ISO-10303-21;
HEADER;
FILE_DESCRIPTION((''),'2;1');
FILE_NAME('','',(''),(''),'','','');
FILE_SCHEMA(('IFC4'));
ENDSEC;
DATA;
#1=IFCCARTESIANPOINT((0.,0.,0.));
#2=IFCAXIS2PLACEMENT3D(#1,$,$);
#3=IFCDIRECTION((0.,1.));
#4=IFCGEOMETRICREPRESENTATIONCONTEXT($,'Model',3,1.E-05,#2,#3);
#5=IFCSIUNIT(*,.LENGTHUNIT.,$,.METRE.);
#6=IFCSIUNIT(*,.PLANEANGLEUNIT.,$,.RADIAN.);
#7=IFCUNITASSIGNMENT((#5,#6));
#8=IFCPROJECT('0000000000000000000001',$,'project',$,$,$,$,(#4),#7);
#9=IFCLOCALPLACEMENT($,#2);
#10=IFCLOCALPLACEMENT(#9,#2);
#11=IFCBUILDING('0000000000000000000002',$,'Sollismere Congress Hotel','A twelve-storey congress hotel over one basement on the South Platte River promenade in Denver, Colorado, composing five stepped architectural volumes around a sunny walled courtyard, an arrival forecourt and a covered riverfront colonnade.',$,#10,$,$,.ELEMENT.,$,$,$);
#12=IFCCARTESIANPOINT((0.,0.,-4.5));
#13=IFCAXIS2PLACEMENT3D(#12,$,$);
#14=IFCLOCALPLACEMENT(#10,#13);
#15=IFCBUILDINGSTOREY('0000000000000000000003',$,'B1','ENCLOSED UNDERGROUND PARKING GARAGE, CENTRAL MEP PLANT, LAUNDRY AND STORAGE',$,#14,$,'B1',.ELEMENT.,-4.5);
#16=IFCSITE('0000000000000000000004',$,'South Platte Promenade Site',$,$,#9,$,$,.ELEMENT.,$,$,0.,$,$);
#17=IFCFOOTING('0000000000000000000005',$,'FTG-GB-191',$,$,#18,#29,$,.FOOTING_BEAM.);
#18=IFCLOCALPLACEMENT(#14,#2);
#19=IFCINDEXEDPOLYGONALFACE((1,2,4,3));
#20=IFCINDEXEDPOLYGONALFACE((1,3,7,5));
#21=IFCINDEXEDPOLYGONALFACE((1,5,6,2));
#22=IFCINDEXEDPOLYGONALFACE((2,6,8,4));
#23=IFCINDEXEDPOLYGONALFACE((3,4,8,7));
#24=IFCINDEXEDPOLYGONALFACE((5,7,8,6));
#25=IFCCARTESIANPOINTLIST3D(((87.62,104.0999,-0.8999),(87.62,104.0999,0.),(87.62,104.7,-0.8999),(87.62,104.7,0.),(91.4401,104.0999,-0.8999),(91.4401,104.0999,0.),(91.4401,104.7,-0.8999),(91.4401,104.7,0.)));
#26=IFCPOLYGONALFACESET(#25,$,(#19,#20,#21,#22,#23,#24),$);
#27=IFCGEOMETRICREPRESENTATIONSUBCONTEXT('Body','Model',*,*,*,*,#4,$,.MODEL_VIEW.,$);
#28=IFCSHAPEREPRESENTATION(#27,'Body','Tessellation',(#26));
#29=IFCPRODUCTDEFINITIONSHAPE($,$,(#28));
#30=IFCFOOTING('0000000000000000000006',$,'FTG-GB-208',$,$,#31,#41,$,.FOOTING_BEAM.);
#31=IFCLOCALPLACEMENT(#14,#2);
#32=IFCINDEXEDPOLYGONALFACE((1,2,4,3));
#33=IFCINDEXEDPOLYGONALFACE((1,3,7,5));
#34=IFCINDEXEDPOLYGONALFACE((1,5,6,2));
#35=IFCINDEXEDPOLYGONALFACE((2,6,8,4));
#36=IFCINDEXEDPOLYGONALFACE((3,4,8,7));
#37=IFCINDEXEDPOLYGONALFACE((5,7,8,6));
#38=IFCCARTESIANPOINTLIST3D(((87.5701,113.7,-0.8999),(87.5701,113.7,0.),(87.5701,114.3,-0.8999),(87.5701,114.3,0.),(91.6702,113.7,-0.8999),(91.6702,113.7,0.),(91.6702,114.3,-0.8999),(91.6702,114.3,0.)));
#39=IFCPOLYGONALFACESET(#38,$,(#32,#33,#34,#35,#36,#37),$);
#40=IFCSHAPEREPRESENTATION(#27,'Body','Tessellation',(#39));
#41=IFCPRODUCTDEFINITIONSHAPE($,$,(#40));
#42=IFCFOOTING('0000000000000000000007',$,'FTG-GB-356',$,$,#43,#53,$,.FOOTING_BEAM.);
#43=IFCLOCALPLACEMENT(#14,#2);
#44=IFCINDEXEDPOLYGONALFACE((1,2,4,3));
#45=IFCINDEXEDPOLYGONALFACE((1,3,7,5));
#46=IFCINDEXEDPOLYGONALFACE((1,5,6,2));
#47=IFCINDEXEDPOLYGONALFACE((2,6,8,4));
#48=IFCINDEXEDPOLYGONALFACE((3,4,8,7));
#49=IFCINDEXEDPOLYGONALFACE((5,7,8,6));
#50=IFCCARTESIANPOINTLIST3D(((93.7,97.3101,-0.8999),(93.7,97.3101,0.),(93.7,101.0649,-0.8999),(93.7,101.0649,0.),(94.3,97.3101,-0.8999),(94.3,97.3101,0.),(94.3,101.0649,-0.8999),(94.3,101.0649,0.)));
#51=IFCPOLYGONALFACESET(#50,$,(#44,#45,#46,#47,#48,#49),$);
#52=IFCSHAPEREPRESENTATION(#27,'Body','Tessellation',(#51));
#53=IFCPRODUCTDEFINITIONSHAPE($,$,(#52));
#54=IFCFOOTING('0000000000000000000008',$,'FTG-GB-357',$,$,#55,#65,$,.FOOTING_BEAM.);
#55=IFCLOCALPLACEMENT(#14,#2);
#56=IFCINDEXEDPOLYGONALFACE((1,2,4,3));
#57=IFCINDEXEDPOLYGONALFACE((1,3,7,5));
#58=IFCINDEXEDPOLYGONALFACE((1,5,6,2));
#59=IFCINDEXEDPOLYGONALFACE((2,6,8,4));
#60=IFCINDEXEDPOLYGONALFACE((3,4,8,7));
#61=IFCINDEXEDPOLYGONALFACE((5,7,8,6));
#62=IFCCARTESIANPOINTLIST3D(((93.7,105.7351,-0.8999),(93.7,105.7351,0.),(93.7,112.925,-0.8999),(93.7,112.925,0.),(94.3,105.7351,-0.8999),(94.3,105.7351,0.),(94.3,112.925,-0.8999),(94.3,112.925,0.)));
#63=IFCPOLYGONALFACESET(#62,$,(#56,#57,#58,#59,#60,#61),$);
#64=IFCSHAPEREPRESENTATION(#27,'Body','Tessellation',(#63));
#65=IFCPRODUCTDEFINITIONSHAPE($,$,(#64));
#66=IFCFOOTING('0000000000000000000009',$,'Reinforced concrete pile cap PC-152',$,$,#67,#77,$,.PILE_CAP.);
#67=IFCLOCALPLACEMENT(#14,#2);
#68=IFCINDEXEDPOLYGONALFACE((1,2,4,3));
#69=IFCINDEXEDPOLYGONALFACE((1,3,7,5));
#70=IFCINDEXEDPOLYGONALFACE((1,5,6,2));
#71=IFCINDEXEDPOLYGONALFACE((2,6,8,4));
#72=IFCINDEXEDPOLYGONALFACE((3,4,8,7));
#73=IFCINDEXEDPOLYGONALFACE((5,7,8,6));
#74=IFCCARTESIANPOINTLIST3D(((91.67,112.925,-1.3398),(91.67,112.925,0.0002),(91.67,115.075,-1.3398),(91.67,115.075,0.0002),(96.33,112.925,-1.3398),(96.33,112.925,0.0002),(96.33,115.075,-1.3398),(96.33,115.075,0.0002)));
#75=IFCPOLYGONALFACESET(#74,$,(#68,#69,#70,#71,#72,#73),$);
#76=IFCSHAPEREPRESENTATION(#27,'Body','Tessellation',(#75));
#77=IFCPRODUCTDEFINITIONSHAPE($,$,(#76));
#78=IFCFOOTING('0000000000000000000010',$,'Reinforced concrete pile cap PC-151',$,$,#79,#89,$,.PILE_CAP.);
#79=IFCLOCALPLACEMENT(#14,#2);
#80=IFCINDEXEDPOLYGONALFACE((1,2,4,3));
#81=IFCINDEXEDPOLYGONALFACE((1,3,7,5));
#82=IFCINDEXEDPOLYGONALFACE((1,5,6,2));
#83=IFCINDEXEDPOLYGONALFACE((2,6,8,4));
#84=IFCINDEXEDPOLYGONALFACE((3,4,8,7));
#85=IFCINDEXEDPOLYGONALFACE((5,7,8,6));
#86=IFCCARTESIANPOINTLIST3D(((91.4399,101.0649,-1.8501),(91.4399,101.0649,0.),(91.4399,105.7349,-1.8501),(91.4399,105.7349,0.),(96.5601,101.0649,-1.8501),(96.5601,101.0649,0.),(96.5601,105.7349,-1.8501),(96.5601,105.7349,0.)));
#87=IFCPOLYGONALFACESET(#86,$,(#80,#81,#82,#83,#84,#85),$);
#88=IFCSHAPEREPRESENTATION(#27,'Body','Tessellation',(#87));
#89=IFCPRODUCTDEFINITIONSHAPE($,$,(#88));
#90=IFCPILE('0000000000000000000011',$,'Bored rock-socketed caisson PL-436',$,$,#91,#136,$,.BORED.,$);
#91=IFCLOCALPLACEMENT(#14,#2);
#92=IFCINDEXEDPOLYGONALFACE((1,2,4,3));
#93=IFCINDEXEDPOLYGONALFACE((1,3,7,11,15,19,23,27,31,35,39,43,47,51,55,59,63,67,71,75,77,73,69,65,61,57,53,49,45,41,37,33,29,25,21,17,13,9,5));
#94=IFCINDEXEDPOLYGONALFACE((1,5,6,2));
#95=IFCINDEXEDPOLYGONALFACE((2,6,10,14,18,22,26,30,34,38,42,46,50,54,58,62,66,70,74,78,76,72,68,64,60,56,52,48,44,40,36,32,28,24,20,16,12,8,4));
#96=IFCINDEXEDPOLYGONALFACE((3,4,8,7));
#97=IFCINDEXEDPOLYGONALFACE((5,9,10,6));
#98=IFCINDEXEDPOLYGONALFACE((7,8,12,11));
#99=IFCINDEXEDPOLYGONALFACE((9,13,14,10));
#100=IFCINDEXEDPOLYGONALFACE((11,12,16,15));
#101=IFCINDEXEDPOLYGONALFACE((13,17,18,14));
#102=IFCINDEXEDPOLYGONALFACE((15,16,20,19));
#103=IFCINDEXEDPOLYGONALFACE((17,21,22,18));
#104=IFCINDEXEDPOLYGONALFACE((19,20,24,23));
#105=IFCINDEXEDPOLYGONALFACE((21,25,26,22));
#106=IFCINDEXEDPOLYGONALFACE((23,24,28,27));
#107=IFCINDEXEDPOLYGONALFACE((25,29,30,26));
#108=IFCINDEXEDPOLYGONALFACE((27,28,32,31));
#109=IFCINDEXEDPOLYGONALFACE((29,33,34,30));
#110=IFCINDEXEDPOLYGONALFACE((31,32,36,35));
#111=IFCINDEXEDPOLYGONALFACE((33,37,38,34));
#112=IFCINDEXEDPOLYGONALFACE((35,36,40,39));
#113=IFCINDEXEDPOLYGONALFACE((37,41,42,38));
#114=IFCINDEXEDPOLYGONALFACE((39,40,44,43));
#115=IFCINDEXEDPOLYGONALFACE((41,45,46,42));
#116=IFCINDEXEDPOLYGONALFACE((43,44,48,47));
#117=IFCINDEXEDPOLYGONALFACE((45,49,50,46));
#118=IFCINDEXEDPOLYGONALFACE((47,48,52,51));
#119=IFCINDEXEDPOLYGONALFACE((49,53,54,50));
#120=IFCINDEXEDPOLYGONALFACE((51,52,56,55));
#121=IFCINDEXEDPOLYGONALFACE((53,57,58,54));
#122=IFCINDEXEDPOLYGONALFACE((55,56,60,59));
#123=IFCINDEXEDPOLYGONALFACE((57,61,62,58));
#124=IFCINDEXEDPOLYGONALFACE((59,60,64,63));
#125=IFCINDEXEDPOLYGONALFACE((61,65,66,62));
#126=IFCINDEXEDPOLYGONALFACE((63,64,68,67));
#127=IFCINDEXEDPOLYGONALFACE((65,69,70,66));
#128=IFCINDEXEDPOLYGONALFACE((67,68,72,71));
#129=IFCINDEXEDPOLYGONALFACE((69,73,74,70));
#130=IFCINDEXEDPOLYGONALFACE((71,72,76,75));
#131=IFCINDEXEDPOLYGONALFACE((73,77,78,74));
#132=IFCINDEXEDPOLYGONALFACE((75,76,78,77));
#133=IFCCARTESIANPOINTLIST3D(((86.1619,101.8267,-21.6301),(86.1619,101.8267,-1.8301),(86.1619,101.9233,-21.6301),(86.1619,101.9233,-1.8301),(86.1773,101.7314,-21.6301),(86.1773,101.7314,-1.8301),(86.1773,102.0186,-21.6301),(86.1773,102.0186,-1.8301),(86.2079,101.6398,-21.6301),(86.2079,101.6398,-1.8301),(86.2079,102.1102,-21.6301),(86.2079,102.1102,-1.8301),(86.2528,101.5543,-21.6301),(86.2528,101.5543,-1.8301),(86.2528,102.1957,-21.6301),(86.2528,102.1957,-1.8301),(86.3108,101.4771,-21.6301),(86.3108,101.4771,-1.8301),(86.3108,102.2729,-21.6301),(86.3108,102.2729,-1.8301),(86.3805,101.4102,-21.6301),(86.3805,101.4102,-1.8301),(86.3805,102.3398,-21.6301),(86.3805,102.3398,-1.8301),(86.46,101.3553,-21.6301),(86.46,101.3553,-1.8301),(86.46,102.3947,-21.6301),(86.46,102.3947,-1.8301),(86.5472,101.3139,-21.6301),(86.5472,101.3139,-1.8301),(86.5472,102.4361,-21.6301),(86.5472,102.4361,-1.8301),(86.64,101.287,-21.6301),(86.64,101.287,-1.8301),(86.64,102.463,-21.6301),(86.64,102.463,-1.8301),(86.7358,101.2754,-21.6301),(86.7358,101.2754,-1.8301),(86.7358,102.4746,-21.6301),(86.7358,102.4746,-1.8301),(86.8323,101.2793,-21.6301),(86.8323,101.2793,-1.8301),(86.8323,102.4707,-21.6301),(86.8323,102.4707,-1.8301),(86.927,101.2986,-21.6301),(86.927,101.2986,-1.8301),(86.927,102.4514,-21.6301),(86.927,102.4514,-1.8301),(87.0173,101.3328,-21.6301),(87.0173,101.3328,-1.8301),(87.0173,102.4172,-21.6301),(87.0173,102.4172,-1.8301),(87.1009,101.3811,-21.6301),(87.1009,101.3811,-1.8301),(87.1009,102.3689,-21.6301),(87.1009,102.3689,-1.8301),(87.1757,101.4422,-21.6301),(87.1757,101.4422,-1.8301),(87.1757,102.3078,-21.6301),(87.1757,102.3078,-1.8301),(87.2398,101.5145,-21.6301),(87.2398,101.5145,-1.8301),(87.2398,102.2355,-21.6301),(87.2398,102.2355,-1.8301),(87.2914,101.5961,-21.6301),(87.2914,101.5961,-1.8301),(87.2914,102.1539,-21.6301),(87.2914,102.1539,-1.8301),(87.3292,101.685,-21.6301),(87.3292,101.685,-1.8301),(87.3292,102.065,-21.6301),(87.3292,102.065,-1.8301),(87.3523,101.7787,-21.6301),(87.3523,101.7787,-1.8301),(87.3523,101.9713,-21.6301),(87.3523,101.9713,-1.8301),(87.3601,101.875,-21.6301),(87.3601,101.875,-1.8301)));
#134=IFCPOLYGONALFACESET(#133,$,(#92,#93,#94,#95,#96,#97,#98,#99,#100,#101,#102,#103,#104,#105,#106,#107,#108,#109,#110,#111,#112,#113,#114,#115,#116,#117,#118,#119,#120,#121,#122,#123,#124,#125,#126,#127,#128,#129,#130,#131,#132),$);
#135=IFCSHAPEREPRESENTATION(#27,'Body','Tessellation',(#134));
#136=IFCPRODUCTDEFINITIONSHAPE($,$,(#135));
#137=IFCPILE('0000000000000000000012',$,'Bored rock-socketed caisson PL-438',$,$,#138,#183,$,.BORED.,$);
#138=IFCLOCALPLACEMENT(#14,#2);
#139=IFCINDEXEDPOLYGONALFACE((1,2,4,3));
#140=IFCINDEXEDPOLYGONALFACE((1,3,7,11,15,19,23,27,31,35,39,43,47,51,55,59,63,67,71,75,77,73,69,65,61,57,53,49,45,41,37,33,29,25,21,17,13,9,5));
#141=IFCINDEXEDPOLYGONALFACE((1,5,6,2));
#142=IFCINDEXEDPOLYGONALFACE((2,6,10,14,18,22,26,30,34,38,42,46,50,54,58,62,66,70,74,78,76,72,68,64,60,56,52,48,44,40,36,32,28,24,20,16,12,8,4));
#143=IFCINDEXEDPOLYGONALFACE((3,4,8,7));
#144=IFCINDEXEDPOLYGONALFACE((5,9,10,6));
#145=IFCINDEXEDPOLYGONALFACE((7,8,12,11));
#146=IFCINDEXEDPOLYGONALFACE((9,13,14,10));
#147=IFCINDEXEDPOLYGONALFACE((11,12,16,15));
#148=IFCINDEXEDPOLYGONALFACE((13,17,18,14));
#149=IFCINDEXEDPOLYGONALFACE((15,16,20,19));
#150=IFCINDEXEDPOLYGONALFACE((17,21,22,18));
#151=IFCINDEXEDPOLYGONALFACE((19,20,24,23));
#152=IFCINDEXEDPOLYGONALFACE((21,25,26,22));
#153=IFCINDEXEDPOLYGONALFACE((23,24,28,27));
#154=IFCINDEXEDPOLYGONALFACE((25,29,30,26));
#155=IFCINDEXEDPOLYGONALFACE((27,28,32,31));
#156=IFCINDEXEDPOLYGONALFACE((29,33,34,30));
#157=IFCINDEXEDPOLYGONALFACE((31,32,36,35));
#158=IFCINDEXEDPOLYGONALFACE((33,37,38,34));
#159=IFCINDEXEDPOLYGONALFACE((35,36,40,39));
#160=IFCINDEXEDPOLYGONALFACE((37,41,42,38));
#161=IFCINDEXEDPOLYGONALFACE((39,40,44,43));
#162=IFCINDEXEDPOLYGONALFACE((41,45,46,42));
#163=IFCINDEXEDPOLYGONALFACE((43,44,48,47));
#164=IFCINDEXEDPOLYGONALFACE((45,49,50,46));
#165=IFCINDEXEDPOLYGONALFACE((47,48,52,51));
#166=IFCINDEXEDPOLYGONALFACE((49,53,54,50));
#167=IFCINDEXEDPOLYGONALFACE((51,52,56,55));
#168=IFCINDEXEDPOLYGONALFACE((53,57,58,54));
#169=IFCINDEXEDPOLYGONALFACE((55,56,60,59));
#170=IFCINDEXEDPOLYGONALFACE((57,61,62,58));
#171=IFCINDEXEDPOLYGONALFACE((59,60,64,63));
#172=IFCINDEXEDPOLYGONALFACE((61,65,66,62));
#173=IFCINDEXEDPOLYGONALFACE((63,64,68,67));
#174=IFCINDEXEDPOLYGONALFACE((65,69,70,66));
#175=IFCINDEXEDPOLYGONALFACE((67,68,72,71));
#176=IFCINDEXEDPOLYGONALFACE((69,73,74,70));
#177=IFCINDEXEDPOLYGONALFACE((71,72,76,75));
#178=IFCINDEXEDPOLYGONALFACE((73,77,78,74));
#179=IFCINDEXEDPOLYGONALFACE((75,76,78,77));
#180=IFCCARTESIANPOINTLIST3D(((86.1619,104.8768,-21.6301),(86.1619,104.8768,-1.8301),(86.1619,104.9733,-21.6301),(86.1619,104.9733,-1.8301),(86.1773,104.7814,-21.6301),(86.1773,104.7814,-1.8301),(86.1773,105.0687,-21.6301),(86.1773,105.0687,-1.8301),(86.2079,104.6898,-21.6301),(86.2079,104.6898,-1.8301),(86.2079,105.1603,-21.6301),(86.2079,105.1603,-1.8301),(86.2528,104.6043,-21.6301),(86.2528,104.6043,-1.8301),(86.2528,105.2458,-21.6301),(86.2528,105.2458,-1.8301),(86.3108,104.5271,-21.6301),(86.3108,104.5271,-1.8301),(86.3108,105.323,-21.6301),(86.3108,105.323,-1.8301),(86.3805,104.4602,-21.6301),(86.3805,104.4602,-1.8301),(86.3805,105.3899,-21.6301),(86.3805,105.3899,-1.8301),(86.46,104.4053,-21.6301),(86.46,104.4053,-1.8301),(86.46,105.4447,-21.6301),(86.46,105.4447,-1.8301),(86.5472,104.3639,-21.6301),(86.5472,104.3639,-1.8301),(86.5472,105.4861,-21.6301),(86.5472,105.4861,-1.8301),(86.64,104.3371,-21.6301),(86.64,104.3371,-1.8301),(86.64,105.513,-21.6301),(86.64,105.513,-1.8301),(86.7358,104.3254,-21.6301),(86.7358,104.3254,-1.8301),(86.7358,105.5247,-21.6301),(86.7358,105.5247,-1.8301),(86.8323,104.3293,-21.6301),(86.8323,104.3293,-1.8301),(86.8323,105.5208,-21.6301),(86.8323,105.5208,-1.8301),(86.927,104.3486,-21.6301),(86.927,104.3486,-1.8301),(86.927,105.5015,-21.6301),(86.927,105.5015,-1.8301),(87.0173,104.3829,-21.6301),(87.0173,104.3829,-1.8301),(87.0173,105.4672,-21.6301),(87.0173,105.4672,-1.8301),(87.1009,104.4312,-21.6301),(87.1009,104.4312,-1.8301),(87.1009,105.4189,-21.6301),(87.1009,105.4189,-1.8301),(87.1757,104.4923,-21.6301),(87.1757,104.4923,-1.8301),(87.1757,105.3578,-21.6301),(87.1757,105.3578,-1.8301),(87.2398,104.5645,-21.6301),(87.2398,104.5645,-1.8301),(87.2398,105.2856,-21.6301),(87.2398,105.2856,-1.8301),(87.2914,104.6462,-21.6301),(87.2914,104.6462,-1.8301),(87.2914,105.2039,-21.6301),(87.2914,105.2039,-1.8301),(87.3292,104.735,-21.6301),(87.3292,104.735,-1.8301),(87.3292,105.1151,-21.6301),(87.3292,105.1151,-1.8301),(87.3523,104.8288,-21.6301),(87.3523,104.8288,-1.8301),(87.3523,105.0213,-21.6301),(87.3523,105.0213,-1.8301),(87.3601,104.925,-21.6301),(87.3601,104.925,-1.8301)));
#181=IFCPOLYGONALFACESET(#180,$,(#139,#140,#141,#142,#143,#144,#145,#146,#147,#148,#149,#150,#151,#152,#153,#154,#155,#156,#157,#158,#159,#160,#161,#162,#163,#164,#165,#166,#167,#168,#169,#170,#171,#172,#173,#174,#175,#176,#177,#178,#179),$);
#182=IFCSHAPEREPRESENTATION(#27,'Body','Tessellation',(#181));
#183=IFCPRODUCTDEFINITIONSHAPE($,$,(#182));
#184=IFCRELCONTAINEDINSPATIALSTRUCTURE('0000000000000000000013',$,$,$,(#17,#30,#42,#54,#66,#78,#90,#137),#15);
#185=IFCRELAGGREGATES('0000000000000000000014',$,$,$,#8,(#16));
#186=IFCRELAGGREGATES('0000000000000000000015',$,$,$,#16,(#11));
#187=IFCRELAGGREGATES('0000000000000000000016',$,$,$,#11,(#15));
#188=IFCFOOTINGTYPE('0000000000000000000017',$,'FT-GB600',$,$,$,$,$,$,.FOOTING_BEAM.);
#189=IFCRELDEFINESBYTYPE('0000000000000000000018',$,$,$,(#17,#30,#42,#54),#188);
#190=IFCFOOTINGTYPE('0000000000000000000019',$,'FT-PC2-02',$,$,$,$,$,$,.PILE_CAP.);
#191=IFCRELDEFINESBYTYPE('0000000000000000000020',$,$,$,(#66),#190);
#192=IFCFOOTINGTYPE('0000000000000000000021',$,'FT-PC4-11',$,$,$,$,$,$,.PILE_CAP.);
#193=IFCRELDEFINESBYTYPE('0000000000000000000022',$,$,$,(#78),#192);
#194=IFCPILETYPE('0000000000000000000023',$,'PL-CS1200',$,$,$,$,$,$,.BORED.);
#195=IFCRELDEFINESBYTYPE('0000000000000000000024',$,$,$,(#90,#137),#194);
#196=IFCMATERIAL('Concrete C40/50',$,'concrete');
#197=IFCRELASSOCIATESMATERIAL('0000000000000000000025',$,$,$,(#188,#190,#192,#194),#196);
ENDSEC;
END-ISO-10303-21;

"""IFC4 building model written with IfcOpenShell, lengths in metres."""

from ifc_helpers import new_model, si_unit, direction, frame, origin, origin_2d, place, context, subcontext, project, spatial, rectangle, circle, extrude, material, material_profile, profile_set, type_object, element, save


model = new_model("IFC4")

# Units and contexts
model_context = context("Model", 3, precision=1e-05, world=origin(), true_north=direction((0.0, 1.0)))
body_context = subcontext(model_context, "Body", "Model", "MODEL_VIEW")
ifc_project = project(units=[si_unit("LENGTHUNIT", "METRE"), si_unit("PLANEANGLEUNIT", "RADIAN")], contexts=[model_context])

# Site, building, storey
site_placement = place(None, origin())
site = spatial("IfcSite", under=ifc_project, at=site_placement, Name="South Platte Promenade Site", CompositionType="ELEMENT", RefElevation=0.0)
building_placement = place(site_placement, origin())
building = spatial("IfcBuilding", under=site, at=building_placement, Name="Sollismere Congress Hotel", Description="A twelve-storey congress hotel over one basement on the South Platte River promenade in Denver, Colorado, composing five stepped architectural volumes around a sunny walled courtyard, an arrival forecourt and a covered riverfront colonnade.", CompositionType="ELEMENT")
storey_placement = place(building_placement, frame((0.0, 0.0, -4.5)))
storey = spatial("IfcBuildingStorey", under=building, at=storey_placement, Name="B1", Description="ENCLOSED UNDERGROUND PARKING GARAGE, CENTRAL MEP PLANT, LAUNDRY AND STORAGE", LongName="B1", CompositionType="ELEMENT", Elevation=-4.5)

# Footings
ifc_material_1 = material(Name="Concrete C40/50", Category="concrete")
footing_type_1 = type_object("IfcFootingType", Name="FT-GB600", PredefinedType="FOOTING_BEAM", material=ifc_material_1)
footing_1_placement = place(storey_placement, frame((89.53, 104.3999, -0.8999), z_axis=(0.0, 0.0, 1.0), x_axis=(1.0, 0.0, 0.0)))
element("IfcFooting", 1, at=footing_1_placement, inside=storey, type_object=footing_type_1, Name="FTG-GB-191", PredefinedType="FOOTING_BEAM", context=body_context, shape_type="SweptSolid", body=[
    extrude(rectangle(XDim=3.8201, YDim=0.6001, at=origin_2d()), origin(), (0.0, 0.0, 1.0), 0.8999),
])
footing_2_placement = place(storey_placement, frame((89.6201, 114.0, -0.8999), z_axis=(0.0, 0.0, 1.0), x_axis=(1.0, 0.0, 0.0)))
element("IfcFooting", 2, at=footing_2_placement, inside=storey, type_object=footing_type_1, Name="FTG-GB-208", PredefinedType="FOOTING_BEAM", context=body_context, shape_type="SweptSolid", body=[
    extrude(rectangle(XDim=4.1001, YDim=0.6001, at=origin_2d()), origin(), (0.0, 0.0, 1.0), 0.8999),
])
footing_3_placement = place(storey_placement, frame((94.0, 99.1875, -0.8999), z_axis=(0.0, 0.0, 1.0), x_axis=(0.0, 1.0, 0.0)))
element("IfcFooting", 3, at=footing_3_placement, inside=storey, type_object=footing_type_1, Name="FTG-GB-356", PredefinedType="FOOTING_BEAM", context=body_context, shape_type="SweptSolid", body=[
    extrude(rectangle(XDim=3.7549, YDim=0.6001, at=origin_2d()), origin(), (0.0, 0.0, 1.0), 0.8999),
])
footing_4_placement = place(storey_placement, frame((94.0, 109.3301, -0.8999), z_axis=(0.0, 0.0, 1.0), x_axis=(0.0, 1.0, 0.0)))
element("IfcFooting", 4, at=footing_4_placement, inside=storey, type_object=footing_type_1, Name="FTG-GB-357", PredefinedType="FOOTING_BEAM", context=body_context, shape_type="SweptSolid", body=[
    extrude(rectangle(XDim=7.1899, YDim=0.6001, at=origin_2d()), origin(), (0.0, 0.0, 1.0), 0.8999),
])
footing_type_2 = type_object("IfcFootingType", Name="FT-PC2-02", PredefinedType="PILE_CAP", material=ifc_material_1)
footing_5_placement = place(storey_placement, frame((94.0, 114.0, -1.3398), z_axis=(0.0, 0.0, 1.0), x_axis=(1.0, 0.0, 0.0)))
element("IfcFooting", 5, at=footing_5_placement, inside=storey, type_object=footing_type_2, Name="Reinforced concrete pile cap PC-152", PredefinedType="PILE_CAP", context=body_context, shape_type="SweptSolid", body=[
    extrude(rectangle(XDim=4.6599, YDim=2.1499, at=origin_2d()), origin(), (0.0, 0.0, 1.0), 1.3401),
])
footing_type_3 = type_object("IfcFootingType", Name="FT-PC4-11", PredefinedType="PILE_CAP", material=ifc_material_1)
footing_6_placement = place(storey_placement, frame((94.0, 103.3999, -1.8501), z_axis=(0.0, 0.0, 1.0), x_axis=(1.0, 0.0, 0.0)))
element("IfcFooting", 6, at=footing_6_placement, inside=storey, type_object=footing_type_3, Name="Reinforced concrete pile cap PC-151", PredefinedType="PILE_CAP", context=body_context, shape_type="SweptSolid", body=[
    extrude(rectangle(XDim=5.1201, YDim=4.6699, at=origin_2d()), origin(), (0.0, 0.0, 1.0), 1.8501),
])

# Piles
ifc_material_profile_1 = material_profile(ifc_material_1, circle(Radius=0.6001, at=origin_2d()), Name="CAISSON1200")
ifc_profile_set_1 = profile_set([ifc_material_profile_1], Name="Concrete C40/50")
pile_type = type_object("IfcPileType", Name="PL-CS1200", PredefinedType="BORED", material=ifc_profile_set_1)
for number, where, z_axis, x_axis, name in (
    (7, (86.76, 101.875, -1.8301), (0.0, 0.0, -1.0), (1.0, 0.0, 0.0), "Bored rock-socketed caisson PL-436"),
    (8, (86.76, 104.925, -1.8301), (0.0, 0.0, -1.0), (1.0, 0.0, 0.0), "Bored rock-socketed caisson PL-438"),
):
    element("IfcPile", number, at=place(storey_placement, frame(where, z_axis=z_axis, x_axis=x_axis)), inside=storey, type_object=pile_type, Name=name, PredefinedType="BORED", context=body_context, shape_type="SweptSolid", body=[
        extrude(circle(Radius=0.6001, at=origin_2d()), origin(), (0.0, 0.0, 1.0), 19.8),
    ])

save(model, "model.ifc")
